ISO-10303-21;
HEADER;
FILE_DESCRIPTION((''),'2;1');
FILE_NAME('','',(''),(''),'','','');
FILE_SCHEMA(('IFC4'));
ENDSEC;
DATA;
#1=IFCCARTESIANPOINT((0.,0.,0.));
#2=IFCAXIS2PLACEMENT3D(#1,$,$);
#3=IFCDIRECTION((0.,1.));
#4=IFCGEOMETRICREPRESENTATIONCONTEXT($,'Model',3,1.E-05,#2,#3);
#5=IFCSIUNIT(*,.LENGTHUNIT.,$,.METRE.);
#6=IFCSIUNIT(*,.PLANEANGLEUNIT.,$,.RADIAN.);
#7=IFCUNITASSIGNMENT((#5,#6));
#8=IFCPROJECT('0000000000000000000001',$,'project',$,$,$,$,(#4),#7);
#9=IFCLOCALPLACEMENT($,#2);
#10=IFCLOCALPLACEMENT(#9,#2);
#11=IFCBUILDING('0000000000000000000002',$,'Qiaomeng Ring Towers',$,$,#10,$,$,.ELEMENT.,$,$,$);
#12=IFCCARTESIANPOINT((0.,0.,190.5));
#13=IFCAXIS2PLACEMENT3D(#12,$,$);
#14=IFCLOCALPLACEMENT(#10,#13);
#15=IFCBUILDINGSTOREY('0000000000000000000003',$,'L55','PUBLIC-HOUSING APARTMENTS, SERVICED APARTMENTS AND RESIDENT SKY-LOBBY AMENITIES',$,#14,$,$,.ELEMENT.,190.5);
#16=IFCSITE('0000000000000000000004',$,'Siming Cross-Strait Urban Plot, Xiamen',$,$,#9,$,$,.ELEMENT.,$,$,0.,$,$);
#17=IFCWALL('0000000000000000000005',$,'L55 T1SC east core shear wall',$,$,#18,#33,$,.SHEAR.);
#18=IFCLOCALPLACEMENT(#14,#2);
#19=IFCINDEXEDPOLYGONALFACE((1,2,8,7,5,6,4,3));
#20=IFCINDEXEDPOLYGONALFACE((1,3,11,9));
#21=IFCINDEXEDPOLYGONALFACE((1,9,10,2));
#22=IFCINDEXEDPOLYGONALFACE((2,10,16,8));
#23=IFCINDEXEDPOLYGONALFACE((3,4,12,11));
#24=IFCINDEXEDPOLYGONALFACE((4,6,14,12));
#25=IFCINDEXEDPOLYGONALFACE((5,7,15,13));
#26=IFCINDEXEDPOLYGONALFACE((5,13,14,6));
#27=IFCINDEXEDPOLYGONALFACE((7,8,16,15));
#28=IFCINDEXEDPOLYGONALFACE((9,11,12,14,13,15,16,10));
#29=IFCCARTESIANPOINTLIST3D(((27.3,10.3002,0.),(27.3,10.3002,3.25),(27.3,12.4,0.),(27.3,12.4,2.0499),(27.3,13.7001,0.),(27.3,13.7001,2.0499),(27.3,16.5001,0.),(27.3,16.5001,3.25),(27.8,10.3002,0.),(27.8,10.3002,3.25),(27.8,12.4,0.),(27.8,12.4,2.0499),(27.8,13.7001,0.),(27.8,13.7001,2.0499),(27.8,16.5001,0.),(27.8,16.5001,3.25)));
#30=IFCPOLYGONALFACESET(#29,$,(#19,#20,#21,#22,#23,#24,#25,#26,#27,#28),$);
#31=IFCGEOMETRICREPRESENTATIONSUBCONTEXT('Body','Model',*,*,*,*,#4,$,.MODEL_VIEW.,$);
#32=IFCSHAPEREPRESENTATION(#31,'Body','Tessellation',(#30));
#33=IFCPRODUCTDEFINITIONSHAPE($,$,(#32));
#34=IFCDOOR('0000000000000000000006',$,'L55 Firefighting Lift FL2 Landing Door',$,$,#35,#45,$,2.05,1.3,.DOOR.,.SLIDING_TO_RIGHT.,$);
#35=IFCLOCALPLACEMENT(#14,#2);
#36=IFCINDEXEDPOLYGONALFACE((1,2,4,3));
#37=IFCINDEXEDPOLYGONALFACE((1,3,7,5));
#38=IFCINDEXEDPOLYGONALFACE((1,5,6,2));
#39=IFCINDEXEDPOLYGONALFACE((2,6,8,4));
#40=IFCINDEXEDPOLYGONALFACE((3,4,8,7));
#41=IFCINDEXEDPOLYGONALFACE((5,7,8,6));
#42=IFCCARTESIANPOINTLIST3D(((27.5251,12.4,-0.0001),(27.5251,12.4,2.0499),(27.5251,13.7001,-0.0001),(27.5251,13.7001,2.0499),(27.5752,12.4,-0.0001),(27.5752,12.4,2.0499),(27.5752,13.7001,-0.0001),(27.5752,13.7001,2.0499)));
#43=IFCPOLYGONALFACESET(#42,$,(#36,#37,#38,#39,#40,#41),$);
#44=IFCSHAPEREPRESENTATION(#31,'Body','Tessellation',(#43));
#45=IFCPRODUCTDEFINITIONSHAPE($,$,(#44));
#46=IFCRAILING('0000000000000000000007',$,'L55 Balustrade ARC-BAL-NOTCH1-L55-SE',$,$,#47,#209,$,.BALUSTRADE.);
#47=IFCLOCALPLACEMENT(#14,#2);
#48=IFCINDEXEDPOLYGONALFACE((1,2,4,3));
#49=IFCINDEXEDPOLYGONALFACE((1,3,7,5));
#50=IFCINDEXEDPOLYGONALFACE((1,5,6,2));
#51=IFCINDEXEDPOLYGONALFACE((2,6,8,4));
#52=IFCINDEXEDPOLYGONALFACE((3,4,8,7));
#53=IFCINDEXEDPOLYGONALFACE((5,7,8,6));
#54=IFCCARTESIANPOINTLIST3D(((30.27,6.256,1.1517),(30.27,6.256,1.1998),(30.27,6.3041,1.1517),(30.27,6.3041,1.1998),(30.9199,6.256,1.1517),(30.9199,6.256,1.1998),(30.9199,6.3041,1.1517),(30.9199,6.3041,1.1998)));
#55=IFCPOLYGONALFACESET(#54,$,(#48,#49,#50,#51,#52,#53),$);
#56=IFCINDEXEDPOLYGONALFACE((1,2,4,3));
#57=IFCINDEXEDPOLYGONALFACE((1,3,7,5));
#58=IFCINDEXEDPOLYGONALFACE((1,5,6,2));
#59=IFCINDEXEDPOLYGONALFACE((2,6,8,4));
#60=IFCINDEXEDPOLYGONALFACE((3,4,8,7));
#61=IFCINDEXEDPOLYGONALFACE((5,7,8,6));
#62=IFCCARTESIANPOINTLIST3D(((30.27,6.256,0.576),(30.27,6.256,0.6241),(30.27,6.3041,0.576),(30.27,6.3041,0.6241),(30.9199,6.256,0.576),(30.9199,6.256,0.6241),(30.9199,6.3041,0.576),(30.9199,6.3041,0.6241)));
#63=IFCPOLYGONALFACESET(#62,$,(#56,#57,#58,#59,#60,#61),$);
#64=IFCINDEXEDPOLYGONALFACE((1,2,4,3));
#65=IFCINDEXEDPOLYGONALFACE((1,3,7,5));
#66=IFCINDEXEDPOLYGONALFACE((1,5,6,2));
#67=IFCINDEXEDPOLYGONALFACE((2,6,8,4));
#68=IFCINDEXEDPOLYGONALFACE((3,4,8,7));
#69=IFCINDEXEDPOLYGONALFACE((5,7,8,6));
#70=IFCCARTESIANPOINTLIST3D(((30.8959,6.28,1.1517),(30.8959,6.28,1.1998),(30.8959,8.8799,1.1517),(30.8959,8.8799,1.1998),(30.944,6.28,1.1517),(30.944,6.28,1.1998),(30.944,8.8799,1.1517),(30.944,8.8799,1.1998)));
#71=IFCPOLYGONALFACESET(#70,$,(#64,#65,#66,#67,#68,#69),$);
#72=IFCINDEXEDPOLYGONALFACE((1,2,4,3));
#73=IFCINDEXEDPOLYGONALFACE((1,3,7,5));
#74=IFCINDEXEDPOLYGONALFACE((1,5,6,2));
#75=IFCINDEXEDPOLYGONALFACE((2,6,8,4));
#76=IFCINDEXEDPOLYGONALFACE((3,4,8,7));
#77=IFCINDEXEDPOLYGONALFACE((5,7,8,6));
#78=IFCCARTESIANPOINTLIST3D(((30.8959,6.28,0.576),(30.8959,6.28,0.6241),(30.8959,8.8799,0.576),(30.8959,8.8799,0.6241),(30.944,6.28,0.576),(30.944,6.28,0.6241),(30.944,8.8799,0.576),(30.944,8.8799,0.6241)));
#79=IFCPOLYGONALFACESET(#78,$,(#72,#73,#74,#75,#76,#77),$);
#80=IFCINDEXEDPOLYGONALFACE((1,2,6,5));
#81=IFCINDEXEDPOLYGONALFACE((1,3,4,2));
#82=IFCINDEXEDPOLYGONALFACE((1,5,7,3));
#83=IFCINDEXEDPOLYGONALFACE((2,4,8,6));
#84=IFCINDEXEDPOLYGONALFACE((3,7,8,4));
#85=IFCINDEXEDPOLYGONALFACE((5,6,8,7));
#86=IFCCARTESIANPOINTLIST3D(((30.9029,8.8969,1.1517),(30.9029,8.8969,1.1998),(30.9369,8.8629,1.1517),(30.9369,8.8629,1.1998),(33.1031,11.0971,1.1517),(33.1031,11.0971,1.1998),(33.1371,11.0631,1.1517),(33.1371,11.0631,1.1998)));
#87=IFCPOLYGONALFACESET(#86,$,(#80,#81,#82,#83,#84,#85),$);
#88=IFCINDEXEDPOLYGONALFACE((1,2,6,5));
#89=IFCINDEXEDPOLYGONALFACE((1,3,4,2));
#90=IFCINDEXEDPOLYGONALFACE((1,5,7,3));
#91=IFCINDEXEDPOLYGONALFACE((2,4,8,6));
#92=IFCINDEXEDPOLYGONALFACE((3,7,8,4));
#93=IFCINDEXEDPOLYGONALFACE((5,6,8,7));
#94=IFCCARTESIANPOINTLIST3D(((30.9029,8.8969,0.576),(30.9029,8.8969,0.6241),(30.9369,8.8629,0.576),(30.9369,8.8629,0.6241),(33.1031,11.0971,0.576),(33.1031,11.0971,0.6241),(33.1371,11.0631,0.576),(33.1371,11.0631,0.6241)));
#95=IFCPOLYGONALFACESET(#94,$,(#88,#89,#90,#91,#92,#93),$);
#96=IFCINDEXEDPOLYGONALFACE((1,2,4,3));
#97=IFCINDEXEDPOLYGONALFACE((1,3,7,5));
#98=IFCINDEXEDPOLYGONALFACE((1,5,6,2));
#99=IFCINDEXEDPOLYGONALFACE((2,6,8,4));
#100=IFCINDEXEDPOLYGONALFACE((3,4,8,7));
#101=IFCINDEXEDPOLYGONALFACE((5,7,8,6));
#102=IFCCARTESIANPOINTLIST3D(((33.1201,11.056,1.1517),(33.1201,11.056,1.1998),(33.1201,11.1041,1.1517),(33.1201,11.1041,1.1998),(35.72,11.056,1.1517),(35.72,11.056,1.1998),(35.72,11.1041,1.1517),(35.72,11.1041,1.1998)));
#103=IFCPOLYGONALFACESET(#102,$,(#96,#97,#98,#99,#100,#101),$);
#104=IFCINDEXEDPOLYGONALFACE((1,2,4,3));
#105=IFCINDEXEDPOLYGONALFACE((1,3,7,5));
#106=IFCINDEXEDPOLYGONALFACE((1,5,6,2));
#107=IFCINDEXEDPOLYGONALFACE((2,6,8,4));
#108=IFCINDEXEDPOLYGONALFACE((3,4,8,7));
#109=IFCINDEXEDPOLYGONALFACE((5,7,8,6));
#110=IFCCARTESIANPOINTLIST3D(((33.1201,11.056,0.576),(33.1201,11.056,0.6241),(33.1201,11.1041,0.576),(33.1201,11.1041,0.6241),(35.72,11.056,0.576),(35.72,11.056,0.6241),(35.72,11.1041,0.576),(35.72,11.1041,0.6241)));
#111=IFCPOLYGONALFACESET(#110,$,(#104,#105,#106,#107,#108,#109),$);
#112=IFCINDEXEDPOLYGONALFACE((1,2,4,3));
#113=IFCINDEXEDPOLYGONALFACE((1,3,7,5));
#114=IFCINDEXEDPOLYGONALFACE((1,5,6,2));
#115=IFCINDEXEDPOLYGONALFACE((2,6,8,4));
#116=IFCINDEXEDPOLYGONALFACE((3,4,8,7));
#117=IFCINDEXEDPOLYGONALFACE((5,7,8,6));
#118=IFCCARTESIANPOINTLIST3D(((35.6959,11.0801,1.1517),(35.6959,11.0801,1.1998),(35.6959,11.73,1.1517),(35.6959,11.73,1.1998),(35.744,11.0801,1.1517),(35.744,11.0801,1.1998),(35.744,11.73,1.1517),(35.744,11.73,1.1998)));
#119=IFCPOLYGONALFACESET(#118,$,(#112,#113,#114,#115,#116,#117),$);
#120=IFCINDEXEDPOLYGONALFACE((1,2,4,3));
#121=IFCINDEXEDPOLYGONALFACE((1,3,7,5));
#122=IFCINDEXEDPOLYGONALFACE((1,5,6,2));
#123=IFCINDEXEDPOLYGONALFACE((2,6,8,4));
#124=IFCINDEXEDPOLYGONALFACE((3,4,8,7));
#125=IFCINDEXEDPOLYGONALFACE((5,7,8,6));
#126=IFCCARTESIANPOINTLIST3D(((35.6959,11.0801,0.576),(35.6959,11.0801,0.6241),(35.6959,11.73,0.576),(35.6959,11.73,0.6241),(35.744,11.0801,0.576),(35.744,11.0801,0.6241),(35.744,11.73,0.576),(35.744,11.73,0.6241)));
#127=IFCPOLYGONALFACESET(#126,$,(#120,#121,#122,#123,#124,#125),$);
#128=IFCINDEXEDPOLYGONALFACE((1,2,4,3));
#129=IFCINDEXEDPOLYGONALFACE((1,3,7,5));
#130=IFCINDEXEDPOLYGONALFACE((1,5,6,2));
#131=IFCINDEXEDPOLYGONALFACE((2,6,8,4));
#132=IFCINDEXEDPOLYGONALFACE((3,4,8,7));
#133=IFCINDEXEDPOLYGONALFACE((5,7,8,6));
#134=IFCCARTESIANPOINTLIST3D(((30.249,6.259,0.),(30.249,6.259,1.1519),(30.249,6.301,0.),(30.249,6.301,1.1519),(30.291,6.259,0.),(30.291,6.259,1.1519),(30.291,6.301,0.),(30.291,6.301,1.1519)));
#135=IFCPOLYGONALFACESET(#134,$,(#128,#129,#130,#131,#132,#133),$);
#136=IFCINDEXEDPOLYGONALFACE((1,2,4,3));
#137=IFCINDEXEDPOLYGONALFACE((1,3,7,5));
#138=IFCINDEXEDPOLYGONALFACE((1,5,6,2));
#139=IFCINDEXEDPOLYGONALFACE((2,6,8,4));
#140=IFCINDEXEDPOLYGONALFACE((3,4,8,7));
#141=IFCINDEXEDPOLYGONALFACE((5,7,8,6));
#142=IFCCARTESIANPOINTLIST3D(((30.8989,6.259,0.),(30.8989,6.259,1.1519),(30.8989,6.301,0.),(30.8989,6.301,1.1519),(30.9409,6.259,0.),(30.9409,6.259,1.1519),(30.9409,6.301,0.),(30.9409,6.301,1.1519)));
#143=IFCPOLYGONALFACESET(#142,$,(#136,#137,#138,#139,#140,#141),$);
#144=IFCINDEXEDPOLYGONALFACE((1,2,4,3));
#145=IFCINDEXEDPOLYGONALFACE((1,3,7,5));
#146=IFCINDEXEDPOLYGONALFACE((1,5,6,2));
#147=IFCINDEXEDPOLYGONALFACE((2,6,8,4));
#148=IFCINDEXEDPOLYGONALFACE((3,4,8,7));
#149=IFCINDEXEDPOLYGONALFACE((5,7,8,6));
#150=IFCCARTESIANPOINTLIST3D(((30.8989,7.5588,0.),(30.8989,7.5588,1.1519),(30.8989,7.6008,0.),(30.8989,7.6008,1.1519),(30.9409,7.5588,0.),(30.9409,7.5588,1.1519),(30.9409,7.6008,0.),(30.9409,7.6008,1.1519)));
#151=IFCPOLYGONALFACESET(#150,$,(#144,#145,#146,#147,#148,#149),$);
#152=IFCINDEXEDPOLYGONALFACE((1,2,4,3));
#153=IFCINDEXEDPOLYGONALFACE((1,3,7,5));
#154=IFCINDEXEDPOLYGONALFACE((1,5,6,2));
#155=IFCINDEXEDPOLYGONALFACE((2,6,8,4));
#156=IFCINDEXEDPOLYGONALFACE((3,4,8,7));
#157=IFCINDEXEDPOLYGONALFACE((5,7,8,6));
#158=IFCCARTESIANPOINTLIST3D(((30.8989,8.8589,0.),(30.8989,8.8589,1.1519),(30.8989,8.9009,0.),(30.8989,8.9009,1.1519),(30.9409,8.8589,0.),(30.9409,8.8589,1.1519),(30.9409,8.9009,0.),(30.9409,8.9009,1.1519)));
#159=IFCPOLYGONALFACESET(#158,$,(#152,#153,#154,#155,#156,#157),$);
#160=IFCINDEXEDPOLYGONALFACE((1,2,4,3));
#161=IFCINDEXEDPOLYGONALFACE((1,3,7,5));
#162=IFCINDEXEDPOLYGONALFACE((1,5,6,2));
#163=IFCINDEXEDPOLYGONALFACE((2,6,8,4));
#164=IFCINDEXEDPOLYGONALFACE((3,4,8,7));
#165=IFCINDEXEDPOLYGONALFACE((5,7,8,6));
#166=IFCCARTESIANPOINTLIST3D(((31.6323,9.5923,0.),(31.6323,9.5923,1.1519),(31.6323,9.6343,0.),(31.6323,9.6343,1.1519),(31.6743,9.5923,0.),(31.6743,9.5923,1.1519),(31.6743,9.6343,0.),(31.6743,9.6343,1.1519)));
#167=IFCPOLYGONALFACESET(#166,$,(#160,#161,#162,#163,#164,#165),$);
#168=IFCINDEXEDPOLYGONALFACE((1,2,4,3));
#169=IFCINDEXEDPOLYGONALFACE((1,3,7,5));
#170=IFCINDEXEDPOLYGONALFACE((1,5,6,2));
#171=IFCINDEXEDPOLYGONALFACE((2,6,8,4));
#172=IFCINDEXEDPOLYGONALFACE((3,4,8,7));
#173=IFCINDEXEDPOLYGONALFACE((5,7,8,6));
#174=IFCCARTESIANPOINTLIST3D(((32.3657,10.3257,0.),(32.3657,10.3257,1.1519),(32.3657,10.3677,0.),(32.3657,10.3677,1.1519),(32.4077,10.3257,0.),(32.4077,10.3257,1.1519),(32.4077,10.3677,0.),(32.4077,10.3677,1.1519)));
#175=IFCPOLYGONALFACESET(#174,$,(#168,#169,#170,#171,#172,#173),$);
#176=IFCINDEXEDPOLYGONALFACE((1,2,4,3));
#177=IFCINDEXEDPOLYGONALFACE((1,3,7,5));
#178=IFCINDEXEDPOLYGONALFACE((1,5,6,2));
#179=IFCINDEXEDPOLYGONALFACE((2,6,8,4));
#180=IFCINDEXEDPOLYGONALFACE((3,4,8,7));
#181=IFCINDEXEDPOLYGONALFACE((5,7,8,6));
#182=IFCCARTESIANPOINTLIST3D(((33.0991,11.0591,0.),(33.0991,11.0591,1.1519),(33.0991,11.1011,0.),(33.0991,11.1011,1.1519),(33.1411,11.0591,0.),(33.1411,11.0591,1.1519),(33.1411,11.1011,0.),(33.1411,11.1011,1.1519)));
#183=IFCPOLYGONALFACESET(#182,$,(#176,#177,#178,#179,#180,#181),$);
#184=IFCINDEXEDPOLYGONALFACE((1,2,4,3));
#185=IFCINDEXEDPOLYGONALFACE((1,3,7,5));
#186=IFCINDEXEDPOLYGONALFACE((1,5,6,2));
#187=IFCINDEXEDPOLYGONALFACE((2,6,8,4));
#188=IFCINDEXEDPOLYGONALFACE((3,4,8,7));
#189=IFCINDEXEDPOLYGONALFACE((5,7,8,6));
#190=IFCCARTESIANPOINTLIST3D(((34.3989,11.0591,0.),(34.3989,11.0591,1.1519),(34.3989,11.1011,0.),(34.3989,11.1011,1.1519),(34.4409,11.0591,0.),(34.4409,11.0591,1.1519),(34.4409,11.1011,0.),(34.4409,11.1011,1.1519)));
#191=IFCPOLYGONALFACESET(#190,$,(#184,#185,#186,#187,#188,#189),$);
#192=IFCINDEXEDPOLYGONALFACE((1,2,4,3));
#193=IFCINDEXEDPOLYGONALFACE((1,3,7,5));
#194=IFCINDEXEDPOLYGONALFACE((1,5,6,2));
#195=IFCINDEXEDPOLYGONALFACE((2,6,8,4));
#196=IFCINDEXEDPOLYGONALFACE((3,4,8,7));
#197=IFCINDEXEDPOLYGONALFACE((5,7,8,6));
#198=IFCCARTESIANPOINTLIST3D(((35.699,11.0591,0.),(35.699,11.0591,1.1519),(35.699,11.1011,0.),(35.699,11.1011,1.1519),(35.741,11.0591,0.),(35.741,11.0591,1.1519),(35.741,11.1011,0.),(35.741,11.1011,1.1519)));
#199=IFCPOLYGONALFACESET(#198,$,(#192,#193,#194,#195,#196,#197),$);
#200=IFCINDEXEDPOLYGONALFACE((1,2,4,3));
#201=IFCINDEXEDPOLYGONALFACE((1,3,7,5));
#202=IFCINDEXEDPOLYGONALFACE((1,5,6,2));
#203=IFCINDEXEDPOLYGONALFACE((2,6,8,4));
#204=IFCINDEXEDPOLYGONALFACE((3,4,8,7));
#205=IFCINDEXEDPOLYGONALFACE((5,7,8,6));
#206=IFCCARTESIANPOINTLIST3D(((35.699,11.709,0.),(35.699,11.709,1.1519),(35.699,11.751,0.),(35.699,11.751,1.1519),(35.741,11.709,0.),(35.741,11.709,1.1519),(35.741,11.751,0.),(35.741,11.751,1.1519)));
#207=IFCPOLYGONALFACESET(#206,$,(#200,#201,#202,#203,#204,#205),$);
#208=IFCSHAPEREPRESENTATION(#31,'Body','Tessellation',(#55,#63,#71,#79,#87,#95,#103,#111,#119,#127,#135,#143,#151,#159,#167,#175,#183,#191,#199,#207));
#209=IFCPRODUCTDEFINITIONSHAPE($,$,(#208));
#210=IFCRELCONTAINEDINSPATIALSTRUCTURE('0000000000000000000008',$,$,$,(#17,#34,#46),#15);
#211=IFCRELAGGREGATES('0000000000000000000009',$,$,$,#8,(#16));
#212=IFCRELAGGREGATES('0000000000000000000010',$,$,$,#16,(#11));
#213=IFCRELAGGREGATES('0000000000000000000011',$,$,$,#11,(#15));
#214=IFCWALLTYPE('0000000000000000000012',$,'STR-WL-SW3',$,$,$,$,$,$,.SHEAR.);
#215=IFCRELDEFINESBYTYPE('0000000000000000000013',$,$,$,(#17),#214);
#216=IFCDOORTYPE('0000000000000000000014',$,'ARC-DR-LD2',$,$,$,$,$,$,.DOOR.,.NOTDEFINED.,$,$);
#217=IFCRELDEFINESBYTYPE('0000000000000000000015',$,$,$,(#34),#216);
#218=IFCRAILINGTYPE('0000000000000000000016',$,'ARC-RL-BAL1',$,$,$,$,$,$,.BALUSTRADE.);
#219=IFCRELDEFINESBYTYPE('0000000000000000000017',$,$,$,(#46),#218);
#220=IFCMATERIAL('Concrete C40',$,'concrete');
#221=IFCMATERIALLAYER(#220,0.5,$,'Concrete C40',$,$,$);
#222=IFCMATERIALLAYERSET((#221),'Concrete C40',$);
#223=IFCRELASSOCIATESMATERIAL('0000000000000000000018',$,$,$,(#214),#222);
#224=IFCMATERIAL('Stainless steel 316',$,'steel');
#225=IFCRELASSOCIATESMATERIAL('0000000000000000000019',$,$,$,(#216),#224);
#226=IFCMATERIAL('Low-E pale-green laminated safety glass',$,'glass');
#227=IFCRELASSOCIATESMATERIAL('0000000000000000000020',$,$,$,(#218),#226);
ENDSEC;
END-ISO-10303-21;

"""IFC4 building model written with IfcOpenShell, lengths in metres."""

from ifc_helpers import new_model, si_unit, direction, frame, frame_2d, origin, origin_2d, place, context, subcontext, project, spatial, rectangle, extrude, source, transform, mapped, material, layer, layer_set, type_object, element, fill, save


model = new_model("IFC4")

# Units and contexts
model_context = context("Model", 3, precision=1e-05, world=origin(), true_north=direction((0.0, 1.0)))
body_context = subcontext(model_context, "Body", "Model", "MODEL_VIEW")
ifc_project = project(units=[si_unit("LENGTHUNIT", "METRE"), si_unit("PLANEANGLEUNIT", "RADIAN")], contexts=[model_context])

# Site, building, storey
site_placement = place(None, origin())
site = spatial("IfcSite", under=ifc_project, at=site_placement, Name="Siming Cross-Strait Urban Plot, Xiamen", CompositionType="ELEMENT", RefElevation=0.0)
building_placement = place(site_placement, origin())
building = spatial("IfcBuilding", under=site, at=building_placement, Name="Qiaomeng Ring Towers", CompositionType="ELEMENT")
storey_placement = place(building_placement, frame((0.0, 0.0, 190.5)))
storey = spatial("IfcBuildingStorey", under=building, at=storey_placement, Name="L55", Description="PUBLIC-HOUSING APARTMENTS, SERVICED APARTMENTS AND RESIDENT SKY-LOBBY AMENITIES", CompositionType="ELEMENT", Elevation=190.5)

# Shared definitions
ifc_material_1 = material(Name="Concrete C40", Category="concrete")

# Wall, opening, door
ifc_layer_1 = layer(ifc_material_1, 0.5, Name="Concrete C40")
ifc_layer_set_1 = layer_set([ifc_layer_1], Name="Concrete C40")
wall_type_1 = type_object("IfcWallType", Name="STR-WL-SW3", PredefinedType="SHEAR", material=ifc_layer_set_1)
wall_1_placement = place(storey_placement, frame((27.55, 10.3, 0.0), z_axis=(0.0, 0.0, 1.0), x_axis=(0.0, 1.0, 0.0)))
wall_1 = element("IfcWall", 1, at=wall_1_placement, inside=storey, type_object=wall_type_1, Name="L55 T1SC east core shear wall", PredefinedType="SHEAR", context=body_context, shape_type="SweptSolid", body=[
    extrude(rectangle(XDim=6.2, YDim=0.5, at=frame_2d((3.1001, 0.0))), origin(), (0.0, 0.0, 1.0), 3.25),
])
opening_1_placement = place(wall_1_placement, frame((2.1001, 0.0, 0.0)))
opening_1 = element("IfcOpeningElement", 2, at=opening_1_placement, cuts=wall_1, PredefinedType="OPENING", context=body_context, shape_type="SweptSolid", body=[
    extrude(rectangle(XDim=1.3, YDim=2.05, at=frame_2d((0.6499, 1.0249))), frame((0.0, 0.26, 0.0), z_axis=(0.0, -1.0, 0.0), x_axis=(1.0, 0.0, 0.0)), (0.0, 0.0, 1.0), 0.52),
])
ifc_material_2 = material(Name="Stainless steel 316", Category="steel")
door_type_1 = type_object("IfcDoorType", Name="ARC-DR-LD2", OperationType="NOTDEFINED", PredefinedType="DOOR", material=ifc_material_2)
shared_shape_1 = source(origin(), body_context, "Body", "SweptSolid", [
    extrude(rectangle(XDim=1.3, YDim=2.05, at=frame_2d((0.6499, 1.0249))), frame((0.0, 0.0249, 0.0), z_axis=(0.0, -1.0, 0.0), x_axis=(1.0, 0.0, 0.0)), (0.0, 0.0, 1.0), 0.05),
])
door_1_placement = place(opening_1_placement, origin())
door_1 = element("IfcDoor", 3, at=door_1_placement, inside=storey, type_object=door_type_1, Name="L55 Firefighting Lift FL2 Landing Door", OperationType="SLIDING_TO_RIGHT", OverallHeight=2.05, OverallWidth=1.3, PredefinedType="DOOR", context=body_context, shape_type="MappedRepresentation", body=[
    mapped(shared_shape_1, transform((0.0, 0.0, 0.0), x_axis=(1.0, 0.0, 0.0), y_axis=(0.0, 1.0, 0.0), z_axis=(0.0, 0.0, 1.0), scale=1.0)),
])
fill(opening_1, door_1)

# Railing
ifc_material_3 = material(Name="Low-E pale-green laminated safety glass", Category="glass")
railing_type = type_object("IfcRailingType", Name="ARC-RL-BAL1", PredefinedType="BALUSTRADE", material=ifc_material_3)
railing_placement = place(storey_placement, frame((30.27, 6.28, 0.0)))
element("IfcRailing", 4, at=railing_placement, inside=storey, type_object=railing_type, Name="L55 Balustrade ARC-BAL-NOTCH1-L55-SE", PredefinedType="BALUSTRADE", context=body_context, shape_type="SweptSolid", body=[
    extrude(rectangle(XDim=0.0481, YDim=0.0481, at=origin_2d()), frame((0.0, 0.0, 1.1758), z_axis=(1.0, 0.0, 0.0), x_axis=(0.0, 1.0, 0.0)), (0.0, 0.0, 1.0), 0.6499),
    extrude(rectangle(XDim=0.0481, YDim=0.0481, at=origin_2d()), frame((0.0, 0.0, 0.6001), z_axis=(1.0, 0.0, 0.0), x_axis=(0.0, 1.0, 0.0)), (0.0, 0.0, 1.0), 0.6499),
    extrude(rectangle(XDim=0.0481, YDim=0.0481, at=origin_2d()), frame((0.6499, 0.0, 1.1758), z_axis=(0.0, 1.0, 0.0), x_axis=(-1.0, 0.0, 0.0)), (0.0, 0.0, 1.0), 2.5999),
    extrude(rectangle(XDim=0.0481, YDim=0.0481, at=origin_2d()), frame((0.6499, 0.0, 0.6001), z_axis=(0.0, 1.0, 0.0), x_axis=(-1.0, 0.0, 0.0)), (0.0, 0.0, 1.0), 2.5999),
    extrude(rectangle(XDim=0.0481, YDim=0.0481, at=origin_2d()), frame((0.6499, 2.5999, 1.1758), z_axis=(0.707107, 0.707107, 0.0), x_axis=(-0.707107, 0.707107, 0.0)), (0.0, 0.0, 1.0), 3.1116),
    extrude(rectangle(XDim=0.0481, YDim=0.0481, at=origin_2d()), frame((0.6499, 2.5999, 0.6001), z_axis=(0.707107, 0.707107, 0.0), x_axis=(-0.707107, 0.707107, 0.0)), (0.0, 0.0, 1.0), 3.1116),
    extrude(rectangle(XDim=0.0481, YDim=0.0481, at=origin_2d()), frame((2.8501, 4.8, 1.1758), z_axis=(1.0, 0.0, 0.0), x_axis=(0.0, 1.0, 0.0)), (0.0, 0.0, 1.0), 2.5999),
    extrude(rectangle(XDim=0.0481, YDim=0.0481, at=origin_2d()), frame((2.8501, 4.8, 0.6001), z_axis=(1.0, 0.0, 0.0), x_axis=(0.0, 1.0, 0.0)), (0.0, 0.0, 1.0), 2.5999),
    extrude(rectangle(XDim=0.0481, YDim=0.0481, at=origin_2d()), frame((5.45, 4.8, 1.1758), z_axis=(0.0, 1.0, 0.0), x_axis=(-1.0, 0.0, 0.0)), (0.0, 0.0, 1.0), 0.6499),
    extrude(rectangle(XDim=0.0481, YDim=0.0481, at=origin_2d()), frame((5.45, 4.8, 0.6001), z_axis=(0.0, 1.0, 0.0), x_axis=(-1.0, 0.0, 0.0)), (0.0, 0.0, 1.0), 0.6499),
    extrude(rectangle(XDim=0.042, YDim=0.042, at=origin_2d()), origin(), (0.0, 0.0, 1.0), 1.1519),
    extrude(rectangle(XDim=0.042, YDim=0.042, at=origin_2d()), frame((0.6499, 0.0, 0.0)), (0.0, 0.0, 1.0), 1.1519),
    extrude(rectangle(XDim=0.042, YDim=0.042, at=origin_2d()), frame((0.6499, 1.2998, 0.0)), (0.0, 0.0, 1.0), 1.1519),
    extrude(rectangle(XDim=0.042, YDim=0.042, at=origin_2d()), frame((0.6499, 2.5999, 0.0)), (0.0, 0.0, 1.0), 1.1519),
    extrude(rectangle(XDim=0.042, YDim=0.042, at=origin_2d()), frame((1.3833, 3.3333, 0.0)), (0.0, 0.0, 1.0), 1.1519),
    extrude(rectangle(XDim=0.042, YDim=0.042, at=origin_2d()), frame((2.1167, 4.0667, 0.0)), (0.0, 0.0, 1.0), 1.1519),
    extrude(rectangle(XDim=0.042, YDim=0.042, at=origin_2d()), frame((2.8501, 4.8, 0.0)), (0.0, 0.0, 1.0), 1.1519),
    extrude(rectangle(XDim=0.042, YDim=0.042, at=origin_2d()), frame((4.1499, 4.8, 0.0)), (0.0, 0.0, 1.0), 1.1519),
    extrude(rectangle(XDim=0.042, YDim=0.042, at=origin_2d()), frame((5.45, 4.8, 0.0)), (0.0, 0.0, 1.0), 1.1519),
    extrude(rectangle(XDim=0.042, YDim=0.042, at=origin_2d()), frame((5.45, 5.45, 0.0)), (0.0, 0.0, 1.0), 1.1519),
])

save(model, "model.ifc")
